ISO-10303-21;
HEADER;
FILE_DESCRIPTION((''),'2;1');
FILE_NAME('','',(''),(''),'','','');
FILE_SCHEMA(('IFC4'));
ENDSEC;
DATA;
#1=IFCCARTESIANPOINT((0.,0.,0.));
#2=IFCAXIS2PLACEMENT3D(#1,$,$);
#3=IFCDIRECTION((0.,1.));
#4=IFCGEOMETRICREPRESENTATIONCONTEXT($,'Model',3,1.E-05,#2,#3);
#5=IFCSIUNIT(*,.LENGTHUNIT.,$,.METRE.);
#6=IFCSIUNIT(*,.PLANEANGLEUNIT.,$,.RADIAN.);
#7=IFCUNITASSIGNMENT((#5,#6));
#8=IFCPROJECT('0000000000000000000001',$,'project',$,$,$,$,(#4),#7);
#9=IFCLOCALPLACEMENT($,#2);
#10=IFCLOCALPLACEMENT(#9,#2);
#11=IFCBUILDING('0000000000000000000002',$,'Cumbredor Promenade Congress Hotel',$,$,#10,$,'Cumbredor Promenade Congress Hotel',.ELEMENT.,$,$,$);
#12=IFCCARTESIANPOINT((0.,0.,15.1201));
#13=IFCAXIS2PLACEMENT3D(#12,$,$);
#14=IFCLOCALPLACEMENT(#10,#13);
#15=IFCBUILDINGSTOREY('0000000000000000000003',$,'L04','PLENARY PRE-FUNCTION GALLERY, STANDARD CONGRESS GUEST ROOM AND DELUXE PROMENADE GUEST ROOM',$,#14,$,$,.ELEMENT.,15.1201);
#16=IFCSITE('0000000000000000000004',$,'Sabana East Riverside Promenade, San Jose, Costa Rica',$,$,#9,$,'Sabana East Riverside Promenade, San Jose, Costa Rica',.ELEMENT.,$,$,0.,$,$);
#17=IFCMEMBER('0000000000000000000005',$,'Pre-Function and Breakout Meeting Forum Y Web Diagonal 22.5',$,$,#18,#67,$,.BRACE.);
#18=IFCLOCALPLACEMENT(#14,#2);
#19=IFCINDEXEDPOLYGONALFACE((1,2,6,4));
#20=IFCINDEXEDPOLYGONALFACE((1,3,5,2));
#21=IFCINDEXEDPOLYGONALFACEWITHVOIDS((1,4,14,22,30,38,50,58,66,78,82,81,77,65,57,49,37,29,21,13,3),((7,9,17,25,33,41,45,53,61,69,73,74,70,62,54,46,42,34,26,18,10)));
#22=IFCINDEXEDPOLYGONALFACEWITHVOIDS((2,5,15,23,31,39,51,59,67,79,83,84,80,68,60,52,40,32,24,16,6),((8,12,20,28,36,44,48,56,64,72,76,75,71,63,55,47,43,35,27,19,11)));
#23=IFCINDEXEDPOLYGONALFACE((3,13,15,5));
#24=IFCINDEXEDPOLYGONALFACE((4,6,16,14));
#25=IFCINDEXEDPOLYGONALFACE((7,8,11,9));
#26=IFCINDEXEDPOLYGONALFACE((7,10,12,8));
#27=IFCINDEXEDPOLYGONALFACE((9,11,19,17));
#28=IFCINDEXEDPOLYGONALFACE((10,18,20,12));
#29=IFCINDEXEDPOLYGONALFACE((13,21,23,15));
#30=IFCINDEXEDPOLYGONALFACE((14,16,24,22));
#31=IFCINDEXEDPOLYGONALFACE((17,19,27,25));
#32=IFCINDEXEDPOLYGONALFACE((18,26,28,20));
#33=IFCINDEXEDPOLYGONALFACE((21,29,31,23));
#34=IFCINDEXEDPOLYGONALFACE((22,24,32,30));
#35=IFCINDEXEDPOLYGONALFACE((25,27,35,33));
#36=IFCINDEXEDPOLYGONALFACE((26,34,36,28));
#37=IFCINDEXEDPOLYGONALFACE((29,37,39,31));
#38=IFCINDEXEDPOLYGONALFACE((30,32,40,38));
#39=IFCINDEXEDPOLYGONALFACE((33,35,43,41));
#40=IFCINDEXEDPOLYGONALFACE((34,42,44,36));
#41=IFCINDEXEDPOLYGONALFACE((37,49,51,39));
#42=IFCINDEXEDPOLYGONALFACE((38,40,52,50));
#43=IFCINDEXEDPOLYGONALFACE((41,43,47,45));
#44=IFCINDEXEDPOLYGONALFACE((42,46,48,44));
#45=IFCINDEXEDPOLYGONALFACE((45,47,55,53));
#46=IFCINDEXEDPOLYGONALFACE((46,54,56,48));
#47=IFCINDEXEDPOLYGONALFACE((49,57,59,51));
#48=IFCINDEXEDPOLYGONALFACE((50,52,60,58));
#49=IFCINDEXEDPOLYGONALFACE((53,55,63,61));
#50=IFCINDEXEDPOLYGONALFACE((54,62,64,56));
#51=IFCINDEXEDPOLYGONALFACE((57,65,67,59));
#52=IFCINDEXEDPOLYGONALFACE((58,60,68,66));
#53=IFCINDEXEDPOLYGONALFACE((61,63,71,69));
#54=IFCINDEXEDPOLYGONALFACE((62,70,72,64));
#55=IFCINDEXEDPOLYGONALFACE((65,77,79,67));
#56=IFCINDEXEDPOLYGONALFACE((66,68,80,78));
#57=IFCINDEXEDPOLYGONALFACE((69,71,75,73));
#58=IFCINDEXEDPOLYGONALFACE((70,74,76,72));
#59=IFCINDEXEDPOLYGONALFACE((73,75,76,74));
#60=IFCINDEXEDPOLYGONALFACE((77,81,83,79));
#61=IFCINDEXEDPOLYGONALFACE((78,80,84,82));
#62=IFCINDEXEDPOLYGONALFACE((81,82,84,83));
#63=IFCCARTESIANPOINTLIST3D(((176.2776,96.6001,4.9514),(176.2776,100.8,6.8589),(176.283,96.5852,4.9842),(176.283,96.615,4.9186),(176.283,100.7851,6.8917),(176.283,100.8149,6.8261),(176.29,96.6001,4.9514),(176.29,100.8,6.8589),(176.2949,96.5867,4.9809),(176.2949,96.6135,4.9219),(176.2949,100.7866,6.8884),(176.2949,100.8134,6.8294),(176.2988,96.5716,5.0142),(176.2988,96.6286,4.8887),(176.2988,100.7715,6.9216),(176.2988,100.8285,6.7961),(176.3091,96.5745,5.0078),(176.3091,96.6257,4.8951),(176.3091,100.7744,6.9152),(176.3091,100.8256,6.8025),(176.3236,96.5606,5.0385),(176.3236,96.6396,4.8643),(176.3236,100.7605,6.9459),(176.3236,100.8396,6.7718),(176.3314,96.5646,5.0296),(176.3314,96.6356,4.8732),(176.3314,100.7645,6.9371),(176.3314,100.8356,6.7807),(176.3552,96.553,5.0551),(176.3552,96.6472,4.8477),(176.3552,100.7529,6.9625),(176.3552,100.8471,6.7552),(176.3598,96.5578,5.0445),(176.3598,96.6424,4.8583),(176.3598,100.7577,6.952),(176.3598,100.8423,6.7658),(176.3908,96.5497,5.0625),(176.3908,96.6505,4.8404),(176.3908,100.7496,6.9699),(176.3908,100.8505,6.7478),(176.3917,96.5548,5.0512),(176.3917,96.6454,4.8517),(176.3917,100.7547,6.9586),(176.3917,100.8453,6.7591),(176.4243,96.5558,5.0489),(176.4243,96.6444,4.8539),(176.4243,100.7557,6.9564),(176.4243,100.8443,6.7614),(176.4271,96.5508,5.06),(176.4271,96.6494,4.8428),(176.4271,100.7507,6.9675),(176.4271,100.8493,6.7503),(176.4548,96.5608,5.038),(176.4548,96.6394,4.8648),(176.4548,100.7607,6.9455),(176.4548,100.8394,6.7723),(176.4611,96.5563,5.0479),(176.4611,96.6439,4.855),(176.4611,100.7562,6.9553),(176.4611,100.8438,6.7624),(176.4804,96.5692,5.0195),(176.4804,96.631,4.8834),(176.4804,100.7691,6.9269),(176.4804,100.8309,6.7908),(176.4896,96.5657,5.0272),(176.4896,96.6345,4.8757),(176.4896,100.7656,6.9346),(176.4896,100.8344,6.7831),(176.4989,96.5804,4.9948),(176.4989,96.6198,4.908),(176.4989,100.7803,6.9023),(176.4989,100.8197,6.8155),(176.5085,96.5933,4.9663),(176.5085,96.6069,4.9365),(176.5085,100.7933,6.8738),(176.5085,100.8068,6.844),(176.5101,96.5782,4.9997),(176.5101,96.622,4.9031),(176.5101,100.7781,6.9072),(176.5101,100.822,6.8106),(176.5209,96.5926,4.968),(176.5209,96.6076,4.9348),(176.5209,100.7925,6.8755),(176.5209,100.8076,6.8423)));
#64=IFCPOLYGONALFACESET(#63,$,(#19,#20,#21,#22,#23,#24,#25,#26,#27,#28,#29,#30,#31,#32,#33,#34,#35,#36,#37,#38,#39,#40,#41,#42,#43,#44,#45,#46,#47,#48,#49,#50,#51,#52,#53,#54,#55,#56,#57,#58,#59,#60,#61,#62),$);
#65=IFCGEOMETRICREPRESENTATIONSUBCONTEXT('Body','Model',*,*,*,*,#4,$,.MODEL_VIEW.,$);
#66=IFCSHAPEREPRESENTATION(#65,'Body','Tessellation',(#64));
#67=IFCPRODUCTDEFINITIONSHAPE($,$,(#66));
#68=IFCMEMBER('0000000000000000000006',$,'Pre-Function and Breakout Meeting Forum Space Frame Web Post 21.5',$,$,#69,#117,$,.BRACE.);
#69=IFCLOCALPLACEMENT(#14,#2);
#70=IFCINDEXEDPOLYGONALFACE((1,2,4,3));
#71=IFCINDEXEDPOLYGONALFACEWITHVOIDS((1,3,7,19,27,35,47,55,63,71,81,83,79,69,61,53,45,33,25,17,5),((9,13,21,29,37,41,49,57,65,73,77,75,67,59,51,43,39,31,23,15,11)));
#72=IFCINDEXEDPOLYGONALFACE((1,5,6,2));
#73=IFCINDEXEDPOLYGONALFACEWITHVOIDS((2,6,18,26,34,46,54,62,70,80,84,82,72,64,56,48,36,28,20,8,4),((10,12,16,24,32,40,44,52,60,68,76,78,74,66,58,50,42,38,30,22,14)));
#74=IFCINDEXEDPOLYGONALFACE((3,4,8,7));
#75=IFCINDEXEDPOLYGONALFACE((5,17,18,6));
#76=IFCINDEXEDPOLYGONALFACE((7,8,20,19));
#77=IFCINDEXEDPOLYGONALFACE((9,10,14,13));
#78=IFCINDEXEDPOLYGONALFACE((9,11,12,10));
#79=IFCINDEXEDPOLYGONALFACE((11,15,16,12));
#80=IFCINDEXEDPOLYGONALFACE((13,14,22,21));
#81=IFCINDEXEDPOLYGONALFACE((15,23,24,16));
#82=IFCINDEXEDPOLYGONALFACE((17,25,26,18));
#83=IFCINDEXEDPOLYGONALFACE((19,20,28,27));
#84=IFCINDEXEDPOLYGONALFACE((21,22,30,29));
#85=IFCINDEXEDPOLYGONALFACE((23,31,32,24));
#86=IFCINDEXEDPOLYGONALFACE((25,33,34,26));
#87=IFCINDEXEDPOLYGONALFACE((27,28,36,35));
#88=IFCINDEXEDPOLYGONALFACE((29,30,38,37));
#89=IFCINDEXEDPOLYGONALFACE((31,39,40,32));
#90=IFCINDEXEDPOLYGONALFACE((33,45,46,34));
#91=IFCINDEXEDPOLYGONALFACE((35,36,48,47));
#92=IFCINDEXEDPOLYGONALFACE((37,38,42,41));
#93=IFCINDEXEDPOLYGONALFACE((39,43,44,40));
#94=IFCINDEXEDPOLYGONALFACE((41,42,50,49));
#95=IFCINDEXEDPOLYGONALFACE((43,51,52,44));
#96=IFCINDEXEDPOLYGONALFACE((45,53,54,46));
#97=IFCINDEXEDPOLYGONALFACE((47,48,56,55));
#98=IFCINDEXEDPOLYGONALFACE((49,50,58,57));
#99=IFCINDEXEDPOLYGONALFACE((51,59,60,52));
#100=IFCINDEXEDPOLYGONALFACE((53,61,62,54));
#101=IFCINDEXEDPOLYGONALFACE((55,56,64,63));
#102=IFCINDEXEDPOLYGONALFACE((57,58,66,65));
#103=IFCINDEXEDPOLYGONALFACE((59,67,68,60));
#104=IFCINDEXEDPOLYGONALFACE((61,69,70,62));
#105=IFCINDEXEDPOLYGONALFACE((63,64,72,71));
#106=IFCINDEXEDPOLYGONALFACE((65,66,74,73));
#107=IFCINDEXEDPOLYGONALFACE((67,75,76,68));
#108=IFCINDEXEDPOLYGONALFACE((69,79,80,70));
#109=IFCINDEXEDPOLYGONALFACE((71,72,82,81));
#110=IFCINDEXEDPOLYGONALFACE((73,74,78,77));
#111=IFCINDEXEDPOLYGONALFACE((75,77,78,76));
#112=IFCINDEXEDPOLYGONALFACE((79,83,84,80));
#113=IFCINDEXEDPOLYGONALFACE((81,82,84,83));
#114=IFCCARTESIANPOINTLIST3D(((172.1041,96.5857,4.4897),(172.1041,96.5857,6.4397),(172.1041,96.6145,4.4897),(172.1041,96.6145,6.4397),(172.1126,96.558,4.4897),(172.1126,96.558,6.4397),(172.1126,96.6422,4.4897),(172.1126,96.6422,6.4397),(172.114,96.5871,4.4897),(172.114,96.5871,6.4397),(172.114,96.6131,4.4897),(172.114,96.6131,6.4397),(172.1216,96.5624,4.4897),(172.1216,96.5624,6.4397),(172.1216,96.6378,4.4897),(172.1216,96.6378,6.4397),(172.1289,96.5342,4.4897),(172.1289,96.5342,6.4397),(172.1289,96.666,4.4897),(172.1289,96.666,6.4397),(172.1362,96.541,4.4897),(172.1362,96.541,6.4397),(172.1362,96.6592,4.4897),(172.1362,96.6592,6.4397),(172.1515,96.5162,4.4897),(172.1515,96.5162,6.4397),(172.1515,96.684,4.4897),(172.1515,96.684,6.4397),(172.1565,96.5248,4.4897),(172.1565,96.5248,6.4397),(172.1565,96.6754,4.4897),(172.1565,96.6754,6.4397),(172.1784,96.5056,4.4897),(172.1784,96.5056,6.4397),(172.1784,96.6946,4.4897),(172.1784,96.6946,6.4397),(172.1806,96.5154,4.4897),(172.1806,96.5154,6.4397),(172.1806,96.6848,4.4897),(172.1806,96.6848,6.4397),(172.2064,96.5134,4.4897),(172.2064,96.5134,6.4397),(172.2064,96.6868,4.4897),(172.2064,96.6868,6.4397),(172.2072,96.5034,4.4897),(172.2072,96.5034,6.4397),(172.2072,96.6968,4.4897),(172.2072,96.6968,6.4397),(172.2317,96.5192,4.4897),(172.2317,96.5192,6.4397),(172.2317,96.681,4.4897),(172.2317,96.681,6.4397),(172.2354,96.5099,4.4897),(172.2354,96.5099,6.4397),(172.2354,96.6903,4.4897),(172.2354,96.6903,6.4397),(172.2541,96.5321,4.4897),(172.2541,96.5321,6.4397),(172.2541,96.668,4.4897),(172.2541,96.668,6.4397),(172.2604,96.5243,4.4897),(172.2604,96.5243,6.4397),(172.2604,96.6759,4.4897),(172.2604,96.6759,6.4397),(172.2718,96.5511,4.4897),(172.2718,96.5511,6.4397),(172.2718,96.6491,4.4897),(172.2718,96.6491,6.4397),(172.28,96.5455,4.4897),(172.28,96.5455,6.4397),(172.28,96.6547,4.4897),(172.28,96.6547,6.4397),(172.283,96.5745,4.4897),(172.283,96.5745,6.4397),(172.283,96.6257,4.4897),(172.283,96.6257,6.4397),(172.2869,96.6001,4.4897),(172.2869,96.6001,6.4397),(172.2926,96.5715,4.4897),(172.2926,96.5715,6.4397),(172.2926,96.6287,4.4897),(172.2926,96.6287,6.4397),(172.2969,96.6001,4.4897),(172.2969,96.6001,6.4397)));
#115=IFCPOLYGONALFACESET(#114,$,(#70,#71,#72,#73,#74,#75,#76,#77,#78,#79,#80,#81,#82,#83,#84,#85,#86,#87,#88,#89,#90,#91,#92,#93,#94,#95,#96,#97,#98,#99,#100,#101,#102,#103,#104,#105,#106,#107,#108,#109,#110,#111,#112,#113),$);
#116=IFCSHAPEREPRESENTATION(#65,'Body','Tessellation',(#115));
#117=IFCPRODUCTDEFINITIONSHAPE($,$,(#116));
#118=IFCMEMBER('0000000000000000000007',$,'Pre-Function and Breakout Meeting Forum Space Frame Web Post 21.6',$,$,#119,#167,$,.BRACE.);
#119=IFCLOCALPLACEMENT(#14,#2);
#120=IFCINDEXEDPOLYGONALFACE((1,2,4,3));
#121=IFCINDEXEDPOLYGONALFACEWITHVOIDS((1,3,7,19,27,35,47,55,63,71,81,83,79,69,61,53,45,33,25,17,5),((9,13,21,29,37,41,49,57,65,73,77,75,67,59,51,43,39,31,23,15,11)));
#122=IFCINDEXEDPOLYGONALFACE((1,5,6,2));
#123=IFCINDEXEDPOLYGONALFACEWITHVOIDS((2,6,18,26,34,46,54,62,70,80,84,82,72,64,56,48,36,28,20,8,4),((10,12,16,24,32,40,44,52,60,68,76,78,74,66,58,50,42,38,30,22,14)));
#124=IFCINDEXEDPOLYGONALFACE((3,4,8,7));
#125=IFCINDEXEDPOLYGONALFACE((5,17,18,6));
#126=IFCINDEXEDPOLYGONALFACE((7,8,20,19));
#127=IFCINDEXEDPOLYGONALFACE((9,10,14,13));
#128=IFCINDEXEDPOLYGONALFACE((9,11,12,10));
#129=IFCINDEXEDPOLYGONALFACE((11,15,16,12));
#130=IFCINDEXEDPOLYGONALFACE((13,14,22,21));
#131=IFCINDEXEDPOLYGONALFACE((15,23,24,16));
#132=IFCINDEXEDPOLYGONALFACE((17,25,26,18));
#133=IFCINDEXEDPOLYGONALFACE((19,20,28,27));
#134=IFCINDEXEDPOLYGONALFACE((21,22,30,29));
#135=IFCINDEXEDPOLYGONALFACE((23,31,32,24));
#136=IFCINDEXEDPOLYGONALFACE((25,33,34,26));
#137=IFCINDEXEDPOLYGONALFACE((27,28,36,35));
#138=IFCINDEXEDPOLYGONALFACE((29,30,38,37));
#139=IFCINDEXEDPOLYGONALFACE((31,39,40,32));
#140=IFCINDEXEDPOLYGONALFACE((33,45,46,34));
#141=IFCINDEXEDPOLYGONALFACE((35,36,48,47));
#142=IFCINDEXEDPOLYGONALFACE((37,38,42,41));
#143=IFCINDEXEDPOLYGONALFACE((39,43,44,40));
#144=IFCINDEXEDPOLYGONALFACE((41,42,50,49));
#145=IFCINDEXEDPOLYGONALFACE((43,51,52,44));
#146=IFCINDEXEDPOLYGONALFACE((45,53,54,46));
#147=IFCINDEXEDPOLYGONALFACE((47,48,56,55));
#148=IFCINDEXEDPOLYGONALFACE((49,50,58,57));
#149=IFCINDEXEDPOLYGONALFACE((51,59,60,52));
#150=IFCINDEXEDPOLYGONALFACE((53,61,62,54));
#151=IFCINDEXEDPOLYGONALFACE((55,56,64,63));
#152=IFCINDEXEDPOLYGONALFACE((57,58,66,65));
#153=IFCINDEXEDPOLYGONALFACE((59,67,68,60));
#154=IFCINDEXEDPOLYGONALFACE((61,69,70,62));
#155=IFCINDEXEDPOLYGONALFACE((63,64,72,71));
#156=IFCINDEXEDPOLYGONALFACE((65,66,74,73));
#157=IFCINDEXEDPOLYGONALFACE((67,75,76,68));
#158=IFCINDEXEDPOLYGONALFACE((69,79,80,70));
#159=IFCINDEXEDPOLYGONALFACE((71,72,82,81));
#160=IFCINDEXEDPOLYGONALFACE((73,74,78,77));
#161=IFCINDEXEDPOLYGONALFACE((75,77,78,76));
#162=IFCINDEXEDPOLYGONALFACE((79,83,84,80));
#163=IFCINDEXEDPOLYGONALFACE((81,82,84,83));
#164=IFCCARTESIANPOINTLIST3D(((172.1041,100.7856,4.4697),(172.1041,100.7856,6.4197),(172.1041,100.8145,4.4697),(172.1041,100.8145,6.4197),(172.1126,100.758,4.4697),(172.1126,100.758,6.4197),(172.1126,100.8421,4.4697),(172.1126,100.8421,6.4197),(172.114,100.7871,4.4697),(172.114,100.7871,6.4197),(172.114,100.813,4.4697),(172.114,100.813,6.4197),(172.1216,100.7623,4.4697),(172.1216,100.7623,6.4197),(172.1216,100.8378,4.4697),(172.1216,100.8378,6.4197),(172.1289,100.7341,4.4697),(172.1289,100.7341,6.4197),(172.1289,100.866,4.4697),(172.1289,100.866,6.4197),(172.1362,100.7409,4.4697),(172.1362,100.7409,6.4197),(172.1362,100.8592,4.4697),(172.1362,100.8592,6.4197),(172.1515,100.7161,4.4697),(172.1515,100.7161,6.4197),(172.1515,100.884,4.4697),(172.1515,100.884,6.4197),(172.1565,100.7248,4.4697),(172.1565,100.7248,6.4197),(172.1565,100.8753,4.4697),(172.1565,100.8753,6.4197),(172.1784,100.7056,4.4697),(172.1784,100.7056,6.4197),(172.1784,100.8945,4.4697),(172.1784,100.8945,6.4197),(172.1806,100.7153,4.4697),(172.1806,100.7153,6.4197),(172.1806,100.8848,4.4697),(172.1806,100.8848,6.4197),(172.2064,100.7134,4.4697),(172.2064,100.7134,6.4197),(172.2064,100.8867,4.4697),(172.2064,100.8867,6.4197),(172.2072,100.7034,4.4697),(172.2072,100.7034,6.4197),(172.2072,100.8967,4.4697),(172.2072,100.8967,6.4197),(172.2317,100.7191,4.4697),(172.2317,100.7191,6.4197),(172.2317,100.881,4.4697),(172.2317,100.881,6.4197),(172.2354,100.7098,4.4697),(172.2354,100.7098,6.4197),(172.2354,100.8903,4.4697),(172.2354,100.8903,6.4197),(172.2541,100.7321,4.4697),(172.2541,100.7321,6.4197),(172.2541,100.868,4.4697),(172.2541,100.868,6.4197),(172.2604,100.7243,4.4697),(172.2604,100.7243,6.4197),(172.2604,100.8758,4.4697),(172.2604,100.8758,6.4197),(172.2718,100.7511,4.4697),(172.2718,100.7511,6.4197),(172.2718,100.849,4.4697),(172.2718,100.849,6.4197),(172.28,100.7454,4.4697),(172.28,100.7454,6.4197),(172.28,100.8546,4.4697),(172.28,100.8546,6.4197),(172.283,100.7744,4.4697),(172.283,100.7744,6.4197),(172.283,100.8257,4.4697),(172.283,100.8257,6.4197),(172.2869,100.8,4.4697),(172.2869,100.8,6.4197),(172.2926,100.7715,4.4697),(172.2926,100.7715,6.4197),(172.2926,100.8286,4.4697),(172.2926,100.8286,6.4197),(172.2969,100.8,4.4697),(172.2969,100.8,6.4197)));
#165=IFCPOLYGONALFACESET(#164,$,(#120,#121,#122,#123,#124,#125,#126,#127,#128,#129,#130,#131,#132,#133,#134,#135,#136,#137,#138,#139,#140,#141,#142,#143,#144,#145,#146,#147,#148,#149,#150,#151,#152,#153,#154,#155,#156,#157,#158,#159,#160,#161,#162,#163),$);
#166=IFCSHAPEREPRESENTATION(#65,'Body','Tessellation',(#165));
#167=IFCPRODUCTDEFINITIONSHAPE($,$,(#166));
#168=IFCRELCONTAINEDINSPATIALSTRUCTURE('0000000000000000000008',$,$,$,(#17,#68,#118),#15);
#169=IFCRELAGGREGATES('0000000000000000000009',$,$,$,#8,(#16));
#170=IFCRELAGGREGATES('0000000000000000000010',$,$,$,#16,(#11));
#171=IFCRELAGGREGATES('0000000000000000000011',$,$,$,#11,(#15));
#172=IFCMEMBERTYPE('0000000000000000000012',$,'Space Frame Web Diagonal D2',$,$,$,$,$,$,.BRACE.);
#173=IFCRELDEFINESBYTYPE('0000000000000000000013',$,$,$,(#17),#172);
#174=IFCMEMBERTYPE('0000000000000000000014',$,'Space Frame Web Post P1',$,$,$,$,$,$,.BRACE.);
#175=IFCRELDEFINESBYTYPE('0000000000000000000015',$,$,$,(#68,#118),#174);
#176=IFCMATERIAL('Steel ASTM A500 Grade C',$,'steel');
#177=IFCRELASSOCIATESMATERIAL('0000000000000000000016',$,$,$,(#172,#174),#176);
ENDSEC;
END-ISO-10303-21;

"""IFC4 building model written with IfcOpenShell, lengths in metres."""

from ifc_helpers import new_model, si_unit, direction, frame, origin, origin_2d, place, context, subcontext, project, spatial, hollow_circle, extrude, material, material_profile, profile_set, type_object, element, save


model = new_model("IFC4")

# Units and contexts
model_context = context("Model", 3, precision=1e-05, world=origin(), true_north=direction((0.0, 1.0)))
body_context = subcontext(model_context, "Body", "Model", "MODEL_VIEW")
ifc_project = project(units=[si_unit("LENGTHUNIT", "METRE"), si_unit("PLANEANGLEUNIT", "RADIAN")], contexts=[model_context])

# Site, building, storey
site_placement = place(None, origin())
site = spatial("IfcSite", under=ifc_project, at=site_placement, Name="Sabana East Riverside Promenade, San Jose, Costa Rica", LongName="Sabana East Riverside Promenade, San Jose, Costa Rica", CompositionType="ELEMENT", RefElevation=0.0)
building_placement = place(site_placement, origin())
building = spatial("IfcBuilding", under=site, at=building_placement, Name="Cumbredor Promenade Congress Hotel", LongName="Cumbredor Promenade Congress Hotel", CompositionType="ELEMENT")
storey_placement = place(building_placement, frame((0.0, 0.0, 15.1201)))
storey = spatial("IfcBuildingStorey", under=building, at=storey_placement, Name="L04", Description="PLENARY PRE-FUNCTION GALLERY, STANDARD CONGRESS GUEST ROOM AND DELUXE PROMENADE GUEST ROOM", CompositionType="ELEMENT", Elevation=15.1201)

# Members
ifc_material_1 = material(Name="Steel ASTM A500 Grade C", Category="steel")
ifc_material_profile_1 = material_profile(ifc_material_1, hollow_circle(Radius=0.1223, WallThickness=0.0125, at=origin_2d()), Name="CHS 244.5x12.5")
ifc_profile_set_1 = profile_set([ifc_material_profile_1], Name="Steel ASTM A500 Grade C")
member_type_1 = type_object("IfcMemberType", Name="Space Frame Web Diagonal D2", PredefinedType="BRACE", material=ifc_profile_set_1)
member_1_placement = place(storey_placement, frame((176.3999, 96.6001, 4.9514), z_axis=(0.0, 0.910497, 0.413516), x_axis=(-1.0, 0.0, 0.0)))
element("IfcMember", 1, at=member_1_placement, inside=storey, type_object=member_type_1, Name="Pre-Function and Breakout Meeting Forum Y Web Diagonal 22.5", PredefinedType="BRACE", context=body_context, shape_type="SweptSolid", body=[
    extrude(hollow_circle(Radius=0.1223, WallThickness=0.0125, at=origin_2d()), origin(), (0.0, 0.0, 1.0), 4.6128),
])
ifc_material_profile_2 = material_profile(ifc_material_1, hollow_circle(Radius=0.0969, WallThickness=0.01, at=origin_2d()), Name="CHS 193.7x10")
ifc_profile_set_2 = profile_set([ifc_material_profile_2], Name="Steel ASTM A500 Grade C")
member_type_2 = type_object("IfcMemberType", Name="Space Frame Web Post P1", PredefinedType="BRACE", material=ifc_profile_set_2)
for number, where, z_axis, x_axis, name in (
    (2, (172.2, 96.6001, 4.4897), (0.0, 0.0, 1.0), (1.0, 0.0, 0.0), "Pre-Function and Breakout Meeting Forum Space Frame Web Post 21.5"),
    (3, (172.2, 100.8, 4.4697), (0.0, 0.0, 1.0), (1.0, 0.0, 0.0), "Pre-Function and Breakout Meeting Forum Space Frame Web Post 21.6"),
):
    element("IfcMember", number, at=place(storey_placement, frame(where, z_axis=z_axis, x_axis=x_axis)), inside=storey, type_object=member_type_2, Name=name, PredefinedType="BRACE", context=body_context, shape_type="SweptSolid", body=[
        extrude(hollow_circle(Radius=0.0969, WallThickness=0.01, at=origin_2d()), origin(), (0.0, 0.0, 1.0), 1.95),
    ])

save(model, "model.ifc")
